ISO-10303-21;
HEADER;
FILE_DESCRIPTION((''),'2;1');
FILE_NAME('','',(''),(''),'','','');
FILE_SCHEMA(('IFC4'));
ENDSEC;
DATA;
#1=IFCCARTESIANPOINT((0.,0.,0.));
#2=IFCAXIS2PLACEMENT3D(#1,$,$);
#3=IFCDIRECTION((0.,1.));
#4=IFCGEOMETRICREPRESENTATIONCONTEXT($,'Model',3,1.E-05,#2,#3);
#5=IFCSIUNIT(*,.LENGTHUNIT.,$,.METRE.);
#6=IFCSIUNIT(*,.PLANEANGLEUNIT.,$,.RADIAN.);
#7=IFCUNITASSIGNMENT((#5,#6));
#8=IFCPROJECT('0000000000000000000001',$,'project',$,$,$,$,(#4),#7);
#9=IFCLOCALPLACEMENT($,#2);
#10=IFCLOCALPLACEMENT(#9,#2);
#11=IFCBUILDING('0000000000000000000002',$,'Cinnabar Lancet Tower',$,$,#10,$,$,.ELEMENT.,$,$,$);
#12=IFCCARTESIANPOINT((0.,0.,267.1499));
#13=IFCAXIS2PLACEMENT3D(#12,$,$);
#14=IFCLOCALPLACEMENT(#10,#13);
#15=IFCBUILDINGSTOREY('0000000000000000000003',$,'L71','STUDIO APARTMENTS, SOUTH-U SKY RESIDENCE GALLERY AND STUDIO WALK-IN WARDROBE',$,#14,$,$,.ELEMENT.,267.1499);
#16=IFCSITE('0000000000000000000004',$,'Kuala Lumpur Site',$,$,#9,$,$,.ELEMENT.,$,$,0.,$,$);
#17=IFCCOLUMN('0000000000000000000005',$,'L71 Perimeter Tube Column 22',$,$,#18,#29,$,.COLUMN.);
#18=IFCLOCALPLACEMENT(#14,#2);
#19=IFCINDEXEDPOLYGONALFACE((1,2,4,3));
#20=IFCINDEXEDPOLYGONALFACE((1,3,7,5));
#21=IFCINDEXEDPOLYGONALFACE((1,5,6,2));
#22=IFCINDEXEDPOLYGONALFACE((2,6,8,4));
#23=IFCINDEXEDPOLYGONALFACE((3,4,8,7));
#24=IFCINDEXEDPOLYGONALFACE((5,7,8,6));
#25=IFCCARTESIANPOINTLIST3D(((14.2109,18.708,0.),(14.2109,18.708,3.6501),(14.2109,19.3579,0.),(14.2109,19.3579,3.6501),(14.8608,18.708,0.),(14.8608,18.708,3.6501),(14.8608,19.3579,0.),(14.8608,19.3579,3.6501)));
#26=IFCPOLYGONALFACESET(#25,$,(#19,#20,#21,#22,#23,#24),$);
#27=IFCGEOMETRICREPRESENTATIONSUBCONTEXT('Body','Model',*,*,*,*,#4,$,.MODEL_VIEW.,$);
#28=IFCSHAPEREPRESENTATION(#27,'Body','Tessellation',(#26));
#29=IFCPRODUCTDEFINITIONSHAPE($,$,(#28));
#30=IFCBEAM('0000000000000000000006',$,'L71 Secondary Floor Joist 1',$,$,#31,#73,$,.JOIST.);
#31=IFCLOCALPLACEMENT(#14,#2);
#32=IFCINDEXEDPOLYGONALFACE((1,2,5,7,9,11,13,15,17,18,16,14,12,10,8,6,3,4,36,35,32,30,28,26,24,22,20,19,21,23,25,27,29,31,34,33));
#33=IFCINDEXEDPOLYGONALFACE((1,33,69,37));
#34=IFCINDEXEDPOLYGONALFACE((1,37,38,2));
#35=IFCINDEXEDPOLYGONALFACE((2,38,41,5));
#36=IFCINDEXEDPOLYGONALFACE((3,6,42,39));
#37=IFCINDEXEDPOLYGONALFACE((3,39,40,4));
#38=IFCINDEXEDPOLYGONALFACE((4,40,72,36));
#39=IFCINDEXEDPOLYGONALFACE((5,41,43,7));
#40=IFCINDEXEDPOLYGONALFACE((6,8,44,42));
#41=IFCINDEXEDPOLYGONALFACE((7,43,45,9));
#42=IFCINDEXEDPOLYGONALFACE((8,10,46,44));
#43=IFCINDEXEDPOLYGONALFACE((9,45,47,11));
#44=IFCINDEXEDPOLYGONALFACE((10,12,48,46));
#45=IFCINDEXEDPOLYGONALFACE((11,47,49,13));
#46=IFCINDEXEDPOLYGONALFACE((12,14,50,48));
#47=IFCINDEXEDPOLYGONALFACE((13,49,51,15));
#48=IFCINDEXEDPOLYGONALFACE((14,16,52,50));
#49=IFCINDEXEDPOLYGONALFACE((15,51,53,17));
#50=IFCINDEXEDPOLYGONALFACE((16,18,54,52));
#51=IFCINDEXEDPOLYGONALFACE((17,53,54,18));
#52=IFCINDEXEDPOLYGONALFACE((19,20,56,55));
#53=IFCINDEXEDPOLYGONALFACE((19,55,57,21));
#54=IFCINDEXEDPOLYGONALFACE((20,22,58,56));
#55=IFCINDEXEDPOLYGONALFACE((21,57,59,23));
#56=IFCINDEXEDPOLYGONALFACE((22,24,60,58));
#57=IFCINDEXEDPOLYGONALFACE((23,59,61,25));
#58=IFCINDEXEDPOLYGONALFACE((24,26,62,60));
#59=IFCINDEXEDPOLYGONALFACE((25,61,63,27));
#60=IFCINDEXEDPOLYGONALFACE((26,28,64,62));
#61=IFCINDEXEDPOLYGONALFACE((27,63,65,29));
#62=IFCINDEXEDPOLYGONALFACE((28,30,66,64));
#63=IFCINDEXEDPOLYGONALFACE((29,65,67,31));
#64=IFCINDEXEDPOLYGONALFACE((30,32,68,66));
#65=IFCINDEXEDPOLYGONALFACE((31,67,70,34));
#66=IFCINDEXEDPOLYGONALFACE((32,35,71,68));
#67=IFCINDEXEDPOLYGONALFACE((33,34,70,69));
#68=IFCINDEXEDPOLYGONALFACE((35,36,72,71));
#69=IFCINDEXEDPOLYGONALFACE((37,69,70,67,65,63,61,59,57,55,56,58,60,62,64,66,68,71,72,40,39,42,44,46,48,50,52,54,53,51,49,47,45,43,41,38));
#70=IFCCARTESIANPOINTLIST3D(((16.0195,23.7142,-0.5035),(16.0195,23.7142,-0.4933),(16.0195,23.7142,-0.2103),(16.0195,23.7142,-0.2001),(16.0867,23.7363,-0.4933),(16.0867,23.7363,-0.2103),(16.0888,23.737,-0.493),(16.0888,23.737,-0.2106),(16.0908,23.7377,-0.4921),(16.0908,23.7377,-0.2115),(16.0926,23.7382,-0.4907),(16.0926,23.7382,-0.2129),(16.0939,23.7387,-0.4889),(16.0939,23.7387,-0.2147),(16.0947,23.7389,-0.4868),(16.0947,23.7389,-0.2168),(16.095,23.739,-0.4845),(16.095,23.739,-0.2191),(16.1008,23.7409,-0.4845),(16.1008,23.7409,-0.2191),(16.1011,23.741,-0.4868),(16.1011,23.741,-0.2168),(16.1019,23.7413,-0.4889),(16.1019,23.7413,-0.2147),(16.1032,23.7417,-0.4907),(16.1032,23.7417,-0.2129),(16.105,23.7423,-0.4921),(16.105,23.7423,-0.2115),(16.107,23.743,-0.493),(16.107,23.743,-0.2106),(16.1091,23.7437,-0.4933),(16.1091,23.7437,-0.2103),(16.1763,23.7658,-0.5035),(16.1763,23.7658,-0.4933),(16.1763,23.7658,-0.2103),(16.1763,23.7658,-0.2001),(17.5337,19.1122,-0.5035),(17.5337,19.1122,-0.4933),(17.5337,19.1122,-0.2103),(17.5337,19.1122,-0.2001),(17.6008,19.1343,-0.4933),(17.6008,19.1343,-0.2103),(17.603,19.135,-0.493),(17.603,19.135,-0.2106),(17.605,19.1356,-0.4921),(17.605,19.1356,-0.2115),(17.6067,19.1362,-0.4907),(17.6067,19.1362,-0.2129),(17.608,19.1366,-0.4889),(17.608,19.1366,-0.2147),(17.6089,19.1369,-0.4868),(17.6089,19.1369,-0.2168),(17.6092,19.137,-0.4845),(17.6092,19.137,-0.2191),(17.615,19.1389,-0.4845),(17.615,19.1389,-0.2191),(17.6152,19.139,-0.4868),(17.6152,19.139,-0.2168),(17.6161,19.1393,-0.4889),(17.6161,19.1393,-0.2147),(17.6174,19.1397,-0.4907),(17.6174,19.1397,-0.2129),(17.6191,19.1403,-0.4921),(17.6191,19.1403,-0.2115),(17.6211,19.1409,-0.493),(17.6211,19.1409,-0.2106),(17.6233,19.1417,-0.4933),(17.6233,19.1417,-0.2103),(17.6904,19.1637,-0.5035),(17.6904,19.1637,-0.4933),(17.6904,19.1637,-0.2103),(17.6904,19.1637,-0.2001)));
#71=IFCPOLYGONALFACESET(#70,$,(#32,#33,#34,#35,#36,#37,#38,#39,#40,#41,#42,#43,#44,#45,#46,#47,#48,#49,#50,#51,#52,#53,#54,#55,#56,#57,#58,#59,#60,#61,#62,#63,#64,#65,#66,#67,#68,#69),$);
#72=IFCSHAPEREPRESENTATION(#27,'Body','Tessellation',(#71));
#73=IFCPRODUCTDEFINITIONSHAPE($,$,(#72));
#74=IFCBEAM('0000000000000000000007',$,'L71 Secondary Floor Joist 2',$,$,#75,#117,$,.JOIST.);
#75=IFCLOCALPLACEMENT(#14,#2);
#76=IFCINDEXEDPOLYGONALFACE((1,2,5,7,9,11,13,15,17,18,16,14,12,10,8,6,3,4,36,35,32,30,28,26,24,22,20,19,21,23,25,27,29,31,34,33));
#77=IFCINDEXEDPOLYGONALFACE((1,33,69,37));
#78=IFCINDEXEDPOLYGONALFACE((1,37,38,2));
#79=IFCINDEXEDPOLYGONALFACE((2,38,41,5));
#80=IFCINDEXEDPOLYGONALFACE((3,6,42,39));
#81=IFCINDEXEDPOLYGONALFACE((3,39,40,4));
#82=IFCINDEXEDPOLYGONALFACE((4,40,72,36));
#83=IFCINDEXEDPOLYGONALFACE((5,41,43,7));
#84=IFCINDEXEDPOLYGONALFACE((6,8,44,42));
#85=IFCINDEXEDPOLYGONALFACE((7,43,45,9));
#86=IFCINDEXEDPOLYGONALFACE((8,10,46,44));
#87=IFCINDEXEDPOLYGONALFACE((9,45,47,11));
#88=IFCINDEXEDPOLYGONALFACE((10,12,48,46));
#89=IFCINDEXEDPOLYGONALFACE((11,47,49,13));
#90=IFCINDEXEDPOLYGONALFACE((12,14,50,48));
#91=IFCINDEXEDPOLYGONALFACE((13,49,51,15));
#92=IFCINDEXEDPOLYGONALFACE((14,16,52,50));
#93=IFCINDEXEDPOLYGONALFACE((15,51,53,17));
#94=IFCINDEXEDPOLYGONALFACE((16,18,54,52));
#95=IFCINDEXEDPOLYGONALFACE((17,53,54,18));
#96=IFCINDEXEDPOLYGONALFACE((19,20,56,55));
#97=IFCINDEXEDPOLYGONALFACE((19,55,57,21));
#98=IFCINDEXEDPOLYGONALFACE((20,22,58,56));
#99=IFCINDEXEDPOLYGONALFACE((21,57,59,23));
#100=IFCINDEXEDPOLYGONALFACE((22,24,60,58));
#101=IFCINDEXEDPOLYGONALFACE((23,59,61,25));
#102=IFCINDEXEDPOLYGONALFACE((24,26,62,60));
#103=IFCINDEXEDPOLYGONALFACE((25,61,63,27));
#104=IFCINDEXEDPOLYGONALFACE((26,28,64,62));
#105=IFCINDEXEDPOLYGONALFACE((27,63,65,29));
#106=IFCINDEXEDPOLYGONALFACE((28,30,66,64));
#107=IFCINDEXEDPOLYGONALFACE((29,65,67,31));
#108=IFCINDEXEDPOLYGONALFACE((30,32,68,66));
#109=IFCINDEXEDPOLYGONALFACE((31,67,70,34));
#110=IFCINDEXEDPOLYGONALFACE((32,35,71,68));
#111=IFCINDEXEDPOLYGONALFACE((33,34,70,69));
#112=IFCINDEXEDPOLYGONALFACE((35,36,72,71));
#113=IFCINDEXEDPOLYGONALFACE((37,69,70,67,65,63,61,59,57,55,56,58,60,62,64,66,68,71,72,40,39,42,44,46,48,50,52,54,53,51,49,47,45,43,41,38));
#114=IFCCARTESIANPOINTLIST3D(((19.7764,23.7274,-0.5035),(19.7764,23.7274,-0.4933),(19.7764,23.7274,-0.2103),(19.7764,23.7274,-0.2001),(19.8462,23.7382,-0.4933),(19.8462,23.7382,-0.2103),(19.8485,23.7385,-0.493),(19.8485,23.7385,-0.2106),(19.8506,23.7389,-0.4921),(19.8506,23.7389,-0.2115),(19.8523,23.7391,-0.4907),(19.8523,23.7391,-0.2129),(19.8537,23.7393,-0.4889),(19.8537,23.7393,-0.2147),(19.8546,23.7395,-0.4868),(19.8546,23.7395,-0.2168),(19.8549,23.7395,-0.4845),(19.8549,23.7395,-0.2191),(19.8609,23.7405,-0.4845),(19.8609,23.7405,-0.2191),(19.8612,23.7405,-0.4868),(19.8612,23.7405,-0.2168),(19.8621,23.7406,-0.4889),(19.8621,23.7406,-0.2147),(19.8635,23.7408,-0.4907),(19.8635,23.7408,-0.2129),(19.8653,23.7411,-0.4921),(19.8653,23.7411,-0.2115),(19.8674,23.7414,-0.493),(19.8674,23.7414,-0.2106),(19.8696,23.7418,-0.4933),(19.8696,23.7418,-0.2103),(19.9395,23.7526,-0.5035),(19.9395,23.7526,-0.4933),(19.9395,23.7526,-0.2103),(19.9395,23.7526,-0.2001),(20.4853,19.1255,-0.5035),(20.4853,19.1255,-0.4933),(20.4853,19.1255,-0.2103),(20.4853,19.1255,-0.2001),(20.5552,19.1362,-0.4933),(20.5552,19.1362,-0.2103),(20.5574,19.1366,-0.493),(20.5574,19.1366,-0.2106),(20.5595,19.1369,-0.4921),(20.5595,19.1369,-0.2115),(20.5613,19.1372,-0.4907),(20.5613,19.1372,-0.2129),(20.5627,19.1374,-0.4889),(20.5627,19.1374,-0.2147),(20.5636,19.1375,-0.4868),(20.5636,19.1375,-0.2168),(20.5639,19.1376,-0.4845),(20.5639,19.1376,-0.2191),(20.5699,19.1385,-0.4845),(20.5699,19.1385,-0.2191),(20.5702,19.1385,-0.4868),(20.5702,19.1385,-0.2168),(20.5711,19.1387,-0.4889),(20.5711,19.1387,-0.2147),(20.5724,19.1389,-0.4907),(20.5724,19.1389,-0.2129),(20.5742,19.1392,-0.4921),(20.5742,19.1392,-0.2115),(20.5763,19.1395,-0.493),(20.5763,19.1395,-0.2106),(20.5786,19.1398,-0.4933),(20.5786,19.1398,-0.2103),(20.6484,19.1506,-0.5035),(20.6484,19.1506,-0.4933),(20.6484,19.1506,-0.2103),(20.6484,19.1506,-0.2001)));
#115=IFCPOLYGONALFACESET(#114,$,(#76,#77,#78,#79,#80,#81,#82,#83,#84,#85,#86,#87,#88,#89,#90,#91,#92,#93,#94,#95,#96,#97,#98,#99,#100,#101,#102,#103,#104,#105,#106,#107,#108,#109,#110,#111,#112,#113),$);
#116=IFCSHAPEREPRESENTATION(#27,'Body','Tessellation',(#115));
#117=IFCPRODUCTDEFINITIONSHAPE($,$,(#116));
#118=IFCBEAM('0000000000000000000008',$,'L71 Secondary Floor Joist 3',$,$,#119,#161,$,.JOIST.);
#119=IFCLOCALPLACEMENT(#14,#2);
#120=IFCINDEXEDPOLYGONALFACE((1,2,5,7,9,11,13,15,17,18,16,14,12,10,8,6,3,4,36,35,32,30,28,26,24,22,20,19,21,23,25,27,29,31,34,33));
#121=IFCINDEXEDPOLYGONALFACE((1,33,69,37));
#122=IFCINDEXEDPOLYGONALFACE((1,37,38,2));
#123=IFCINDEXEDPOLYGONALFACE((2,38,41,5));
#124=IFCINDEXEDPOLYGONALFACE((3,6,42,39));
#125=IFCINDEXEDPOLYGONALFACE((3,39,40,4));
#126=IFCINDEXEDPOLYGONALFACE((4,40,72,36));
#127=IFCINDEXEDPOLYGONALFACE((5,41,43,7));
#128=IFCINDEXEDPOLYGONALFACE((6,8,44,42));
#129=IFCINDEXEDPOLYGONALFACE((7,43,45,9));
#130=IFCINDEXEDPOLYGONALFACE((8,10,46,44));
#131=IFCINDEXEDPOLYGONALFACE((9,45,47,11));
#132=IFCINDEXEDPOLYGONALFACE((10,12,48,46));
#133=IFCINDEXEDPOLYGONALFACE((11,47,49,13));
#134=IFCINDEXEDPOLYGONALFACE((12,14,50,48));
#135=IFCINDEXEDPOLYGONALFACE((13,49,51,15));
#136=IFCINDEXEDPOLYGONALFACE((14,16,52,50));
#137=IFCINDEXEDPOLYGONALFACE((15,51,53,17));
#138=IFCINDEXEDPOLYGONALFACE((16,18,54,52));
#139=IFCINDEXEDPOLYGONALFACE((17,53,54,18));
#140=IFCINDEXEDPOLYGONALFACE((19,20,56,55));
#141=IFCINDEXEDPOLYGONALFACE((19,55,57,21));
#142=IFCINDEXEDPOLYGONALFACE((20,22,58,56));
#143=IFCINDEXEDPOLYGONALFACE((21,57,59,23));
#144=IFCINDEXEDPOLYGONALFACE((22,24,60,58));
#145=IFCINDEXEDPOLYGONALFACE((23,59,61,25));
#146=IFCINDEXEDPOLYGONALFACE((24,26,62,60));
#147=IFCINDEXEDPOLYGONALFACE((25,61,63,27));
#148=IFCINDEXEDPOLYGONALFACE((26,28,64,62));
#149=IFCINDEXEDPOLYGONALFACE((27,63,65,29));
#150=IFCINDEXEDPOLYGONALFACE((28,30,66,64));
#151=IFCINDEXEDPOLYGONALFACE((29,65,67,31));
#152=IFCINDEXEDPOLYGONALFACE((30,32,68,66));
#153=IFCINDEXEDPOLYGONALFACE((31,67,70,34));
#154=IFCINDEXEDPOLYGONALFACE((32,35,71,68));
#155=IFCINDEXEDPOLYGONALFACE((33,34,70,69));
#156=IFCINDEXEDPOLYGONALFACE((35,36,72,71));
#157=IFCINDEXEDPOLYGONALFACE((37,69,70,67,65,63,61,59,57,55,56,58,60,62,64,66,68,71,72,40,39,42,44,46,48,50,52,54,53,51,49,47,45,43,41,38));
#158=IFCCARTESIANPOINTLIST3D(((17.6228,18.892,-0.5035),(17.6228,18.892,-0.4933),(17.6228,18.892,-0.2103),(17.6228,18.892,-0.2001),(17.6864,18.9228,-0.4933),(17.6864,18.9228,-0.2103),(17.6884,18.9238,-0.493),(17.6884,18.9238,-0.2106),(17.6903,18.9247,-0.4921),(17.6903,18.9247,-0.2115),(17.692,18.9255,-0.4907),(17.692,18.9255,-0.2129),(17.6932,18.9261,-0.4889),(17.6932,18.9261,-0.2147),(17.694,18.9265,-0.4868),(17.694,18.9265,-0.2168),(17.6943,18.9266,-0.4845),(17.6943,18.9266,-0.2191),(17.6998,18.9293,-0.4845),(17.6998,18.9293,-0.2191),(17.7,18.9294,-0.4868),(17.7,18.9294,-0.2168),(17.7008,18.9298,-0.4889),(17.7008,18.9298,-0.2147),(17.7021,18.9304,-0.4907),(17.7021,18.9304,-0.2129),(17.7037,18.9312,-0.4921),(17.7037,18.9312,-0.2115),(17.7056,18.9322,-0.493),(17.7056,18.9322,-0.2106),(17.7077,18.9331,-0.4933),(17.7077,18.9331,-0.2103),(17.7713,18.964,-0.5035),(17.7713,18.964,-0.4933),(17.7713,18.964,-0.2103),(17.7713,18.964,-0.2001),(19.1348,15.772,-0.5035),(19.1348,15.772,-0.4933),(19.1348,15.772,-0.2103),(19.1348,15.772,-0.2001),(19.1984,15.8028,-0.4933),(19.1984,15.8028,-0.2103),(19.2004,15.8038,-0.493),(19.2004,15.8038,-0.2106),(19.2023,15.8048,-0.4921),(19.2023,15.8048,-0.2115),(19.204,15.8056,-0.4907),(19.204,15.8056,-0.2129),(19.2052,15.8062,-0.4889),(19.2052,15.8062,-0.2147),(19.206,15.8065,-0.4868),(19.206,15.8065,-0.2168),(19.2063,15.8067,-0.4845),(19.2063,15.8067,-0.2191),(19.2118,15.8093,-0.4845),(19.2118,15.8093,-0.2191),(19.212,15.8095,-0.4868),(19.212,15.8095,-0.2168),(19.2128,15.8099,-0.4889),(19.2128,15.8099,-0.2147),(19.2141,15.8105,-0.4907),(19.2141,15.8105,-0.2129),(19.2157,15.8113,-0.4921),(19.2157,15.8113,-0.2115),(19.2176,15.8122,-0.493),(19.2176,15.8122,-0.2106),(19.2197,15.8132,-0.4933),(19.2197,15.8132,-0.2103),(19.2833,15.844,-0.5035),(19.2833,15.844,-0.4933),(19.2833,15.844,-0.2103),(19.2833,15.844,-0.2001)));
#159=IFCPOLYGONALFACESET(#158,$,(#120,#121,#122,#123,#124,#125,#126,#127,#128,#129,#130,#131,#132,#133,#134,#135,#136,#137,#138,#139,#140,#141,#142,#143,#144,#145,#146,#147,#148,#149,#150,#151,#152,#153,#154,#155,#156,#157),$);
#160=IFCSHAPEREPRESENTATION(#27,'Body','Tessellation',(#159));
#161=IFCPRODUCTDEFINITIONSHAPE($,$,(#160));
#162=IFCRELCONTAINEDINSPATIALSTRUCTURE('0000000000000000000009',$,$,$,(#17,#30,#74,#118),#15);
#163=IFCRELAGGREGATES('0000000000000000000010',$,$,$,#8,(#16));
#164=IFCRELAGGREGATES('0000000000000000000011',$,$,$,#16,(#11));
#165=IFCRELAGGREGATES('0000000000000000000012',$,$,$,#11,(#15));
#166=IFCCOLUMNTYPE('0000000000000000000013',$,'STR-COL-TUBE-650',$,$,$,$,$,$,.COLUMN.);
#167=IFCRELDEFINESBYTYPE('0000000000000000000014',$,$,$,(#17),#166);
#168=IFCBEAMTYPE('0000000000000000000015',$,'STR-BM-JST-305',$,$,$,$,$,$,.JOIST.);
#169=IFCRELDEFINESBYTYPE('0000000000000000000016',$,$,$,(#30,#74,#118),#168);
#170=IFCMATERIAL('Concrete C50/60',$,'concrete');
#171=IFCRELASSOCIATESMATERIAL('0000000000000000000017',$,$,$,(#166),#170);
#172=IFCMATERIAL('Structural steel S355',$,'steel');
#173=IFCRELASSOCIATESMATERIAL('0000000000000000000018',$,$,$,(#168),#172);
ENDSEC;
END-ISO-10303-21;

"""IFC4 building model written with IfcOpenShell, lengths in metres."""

from ifc_helpers import new_model, si_unit, direction, frame, origin, origin_2d, place, context, subcontext, project, spatial, rectangle, i_section, extrude, material, material_profile, profile_set, type_object, element, save


model = new_model("IFC4")

# Units and contexts
model_context = context("Model", 3, precision=1e-05, world=origin(), true_north=direction((0.0, 1.0)))
body_context = subcontext(model_context, "Body", "Model", "MODEL_VIEW")
ifc_project = project(units=[si_unit("LENGTHUNIT", "METRE"), si_unit("PLANEANGLEUNIT", "RADIAN")], contexts=[model_context])

# Site, building, storey
site_placement = place(None, origin())
site = spatial("IfcSite", under=ifc_project, at=site_placement, Name="Kuala Lumpur Site", CompositionType="ELEMENT", RefElevation=0.0)
building_placement = place(site_placement, origin())
building = spatial("IfcBuilding", under=site, at=building_placement, Name="Cinnabar Lancet Tower", CompositionType="ELEMENT")
storey_placement = place(building_placement, frame((0.0, 0.0, 267.1499)))
storey = spatial("IfcBuildingStorey", under=building, at=storey_placement, Name="L71", Description="STUDIO APARTMENTS, SOUTH-U SKY RESIDENCE GALLERY AND STUDIO WALK-IN WARDROBE", CompositionType="ELEMENT", Elevation=267.1499)

# Column
ifc_material_1 = material(Name="Concrete C50/60", Category="concrete")
ifc_material_profile_1 = material_profile(ifc_material_1, rectangle(XDim=0.6499, YDim=0.6499, at=origin_2d()), Name="RC-COL 650x650")
ifc_profile_set_1 = profile_set([ifc_material_profile_1], Name="Concrete C50/60")
column_type = type_object("IfcColumnType", Name="STR-COL-TUBE-650", PredefinedType="COLUMN", material=ifc_profile_set_1)
column_placement = place(storey_placement, frame((14.5359, 19.033, 0.0), z_axis=(0.0, 0.0, 1.0), x_axis=(1.0, 0.0, 0.0)))
element("IfcColumn", 1, at=column_placement, inside=storey, type_object=column_type, Name="L71 Perimeter Tube Column 22", PredefinedType="COLUMN", context=body_context, shape_type="SweptSolid", body=[
    extrude(rectangle(XDim=0.6499, YDim=0.6499, at=origin_2d()), origin(), (0.0, 0.0, 1.0), 3.6501),
])

# Beams
ifc_material_2 = material(Name="Structural steel S355", Category="steel")
ifc_material_profile_2 = material_profile(ifc_material_2, i_section(OverallWidth=0.165, OverallDepth=0.3035, WebThickness=0.0061, FlangeThickness=0.0103, FilletRadius=0.0088, at=origin_2d()), Name="UKB 305x165x40")
ifc_profile_set_2 = profile_set([ifc_material_profile_2], Name="Structural steel S355")
beam_type_1 = type_object("IfcBeamType", Name="STR-BM-JST-305", PredefinedType="JOIST", material=ifc_profile_set_2)
beam_1_placement = place(storey_placement, frame((16.0979, 23.74, -0.3518), z_axis=(0.312537, -0.949906, 0.0), x_axis=(0.949906, 0.312537, 0.0)))
element("IfcBeam", 2, at=beam_1_placement, inside=storey, type_object=beam_type_1, Name="L71 Secondary Floor Joist 1", PredefinedType="JOIST", context=body_context, shape_type="SweptSolid", body=[
    extrude(i_section(OverallWidth=0.165, OverallDepth=0.3035, WebThickness=0.0061, FlangeThickness=0.0103, FilletRadius=0.0088, at=origin_2d()), origin(), (0.0, 0.0, 1.0), 4.8447),
])
beam_2_placement = place(storey_placement, frame((19.8579, 23.74, -0.3518), z_axis=(0.152262, -0.98834, 0.0), x_axis=(0.98834, 0.152262, 0.0)))
element("IfcBeam", 3, at=beam_2_placement, inside=storey, type_object=beam_type_1, Name="L71 Secondary Floor Joist 2", PredefinedType="JOIST", context=body_context, shape_type="SweptSolid", body=[
    extrude(i_section(OverallWidth=0.165, OverallDepth=0.3035, WebThickness=0.0061, FlangeThickness=0.0103, FilletRadius=0.0088, at=origin_2d()), origin(), (0.0, 0.0, 1.0), 4.6562),
])
beam_3_placement = place(storey_placement, frame((17.697, 18.928, -0.3518), z_axis=(0.436109, -0.899894, 0.0), x_axis=(0.899894, 0.436109, 0.0)))
element("IfcBeam", 4, at=beam_3_placement, inside=storey, type_object=beam_type_1, Name="L71 Secondary Floor Joist 3", PredefinedType="JOIST", context=body_context, shape_type="SweptSolid", body=[
    extrude(i_section(OverallWidth=0.165, OverallDepth=0.3035, WebThickness=0.0061, FlangeThickness=0.0103, FilletRadius=0.0088, at=origin_2d()), origin(), (0.0, 0.0, 1.0), 3.467),
])

save(model, "model.ifc")
